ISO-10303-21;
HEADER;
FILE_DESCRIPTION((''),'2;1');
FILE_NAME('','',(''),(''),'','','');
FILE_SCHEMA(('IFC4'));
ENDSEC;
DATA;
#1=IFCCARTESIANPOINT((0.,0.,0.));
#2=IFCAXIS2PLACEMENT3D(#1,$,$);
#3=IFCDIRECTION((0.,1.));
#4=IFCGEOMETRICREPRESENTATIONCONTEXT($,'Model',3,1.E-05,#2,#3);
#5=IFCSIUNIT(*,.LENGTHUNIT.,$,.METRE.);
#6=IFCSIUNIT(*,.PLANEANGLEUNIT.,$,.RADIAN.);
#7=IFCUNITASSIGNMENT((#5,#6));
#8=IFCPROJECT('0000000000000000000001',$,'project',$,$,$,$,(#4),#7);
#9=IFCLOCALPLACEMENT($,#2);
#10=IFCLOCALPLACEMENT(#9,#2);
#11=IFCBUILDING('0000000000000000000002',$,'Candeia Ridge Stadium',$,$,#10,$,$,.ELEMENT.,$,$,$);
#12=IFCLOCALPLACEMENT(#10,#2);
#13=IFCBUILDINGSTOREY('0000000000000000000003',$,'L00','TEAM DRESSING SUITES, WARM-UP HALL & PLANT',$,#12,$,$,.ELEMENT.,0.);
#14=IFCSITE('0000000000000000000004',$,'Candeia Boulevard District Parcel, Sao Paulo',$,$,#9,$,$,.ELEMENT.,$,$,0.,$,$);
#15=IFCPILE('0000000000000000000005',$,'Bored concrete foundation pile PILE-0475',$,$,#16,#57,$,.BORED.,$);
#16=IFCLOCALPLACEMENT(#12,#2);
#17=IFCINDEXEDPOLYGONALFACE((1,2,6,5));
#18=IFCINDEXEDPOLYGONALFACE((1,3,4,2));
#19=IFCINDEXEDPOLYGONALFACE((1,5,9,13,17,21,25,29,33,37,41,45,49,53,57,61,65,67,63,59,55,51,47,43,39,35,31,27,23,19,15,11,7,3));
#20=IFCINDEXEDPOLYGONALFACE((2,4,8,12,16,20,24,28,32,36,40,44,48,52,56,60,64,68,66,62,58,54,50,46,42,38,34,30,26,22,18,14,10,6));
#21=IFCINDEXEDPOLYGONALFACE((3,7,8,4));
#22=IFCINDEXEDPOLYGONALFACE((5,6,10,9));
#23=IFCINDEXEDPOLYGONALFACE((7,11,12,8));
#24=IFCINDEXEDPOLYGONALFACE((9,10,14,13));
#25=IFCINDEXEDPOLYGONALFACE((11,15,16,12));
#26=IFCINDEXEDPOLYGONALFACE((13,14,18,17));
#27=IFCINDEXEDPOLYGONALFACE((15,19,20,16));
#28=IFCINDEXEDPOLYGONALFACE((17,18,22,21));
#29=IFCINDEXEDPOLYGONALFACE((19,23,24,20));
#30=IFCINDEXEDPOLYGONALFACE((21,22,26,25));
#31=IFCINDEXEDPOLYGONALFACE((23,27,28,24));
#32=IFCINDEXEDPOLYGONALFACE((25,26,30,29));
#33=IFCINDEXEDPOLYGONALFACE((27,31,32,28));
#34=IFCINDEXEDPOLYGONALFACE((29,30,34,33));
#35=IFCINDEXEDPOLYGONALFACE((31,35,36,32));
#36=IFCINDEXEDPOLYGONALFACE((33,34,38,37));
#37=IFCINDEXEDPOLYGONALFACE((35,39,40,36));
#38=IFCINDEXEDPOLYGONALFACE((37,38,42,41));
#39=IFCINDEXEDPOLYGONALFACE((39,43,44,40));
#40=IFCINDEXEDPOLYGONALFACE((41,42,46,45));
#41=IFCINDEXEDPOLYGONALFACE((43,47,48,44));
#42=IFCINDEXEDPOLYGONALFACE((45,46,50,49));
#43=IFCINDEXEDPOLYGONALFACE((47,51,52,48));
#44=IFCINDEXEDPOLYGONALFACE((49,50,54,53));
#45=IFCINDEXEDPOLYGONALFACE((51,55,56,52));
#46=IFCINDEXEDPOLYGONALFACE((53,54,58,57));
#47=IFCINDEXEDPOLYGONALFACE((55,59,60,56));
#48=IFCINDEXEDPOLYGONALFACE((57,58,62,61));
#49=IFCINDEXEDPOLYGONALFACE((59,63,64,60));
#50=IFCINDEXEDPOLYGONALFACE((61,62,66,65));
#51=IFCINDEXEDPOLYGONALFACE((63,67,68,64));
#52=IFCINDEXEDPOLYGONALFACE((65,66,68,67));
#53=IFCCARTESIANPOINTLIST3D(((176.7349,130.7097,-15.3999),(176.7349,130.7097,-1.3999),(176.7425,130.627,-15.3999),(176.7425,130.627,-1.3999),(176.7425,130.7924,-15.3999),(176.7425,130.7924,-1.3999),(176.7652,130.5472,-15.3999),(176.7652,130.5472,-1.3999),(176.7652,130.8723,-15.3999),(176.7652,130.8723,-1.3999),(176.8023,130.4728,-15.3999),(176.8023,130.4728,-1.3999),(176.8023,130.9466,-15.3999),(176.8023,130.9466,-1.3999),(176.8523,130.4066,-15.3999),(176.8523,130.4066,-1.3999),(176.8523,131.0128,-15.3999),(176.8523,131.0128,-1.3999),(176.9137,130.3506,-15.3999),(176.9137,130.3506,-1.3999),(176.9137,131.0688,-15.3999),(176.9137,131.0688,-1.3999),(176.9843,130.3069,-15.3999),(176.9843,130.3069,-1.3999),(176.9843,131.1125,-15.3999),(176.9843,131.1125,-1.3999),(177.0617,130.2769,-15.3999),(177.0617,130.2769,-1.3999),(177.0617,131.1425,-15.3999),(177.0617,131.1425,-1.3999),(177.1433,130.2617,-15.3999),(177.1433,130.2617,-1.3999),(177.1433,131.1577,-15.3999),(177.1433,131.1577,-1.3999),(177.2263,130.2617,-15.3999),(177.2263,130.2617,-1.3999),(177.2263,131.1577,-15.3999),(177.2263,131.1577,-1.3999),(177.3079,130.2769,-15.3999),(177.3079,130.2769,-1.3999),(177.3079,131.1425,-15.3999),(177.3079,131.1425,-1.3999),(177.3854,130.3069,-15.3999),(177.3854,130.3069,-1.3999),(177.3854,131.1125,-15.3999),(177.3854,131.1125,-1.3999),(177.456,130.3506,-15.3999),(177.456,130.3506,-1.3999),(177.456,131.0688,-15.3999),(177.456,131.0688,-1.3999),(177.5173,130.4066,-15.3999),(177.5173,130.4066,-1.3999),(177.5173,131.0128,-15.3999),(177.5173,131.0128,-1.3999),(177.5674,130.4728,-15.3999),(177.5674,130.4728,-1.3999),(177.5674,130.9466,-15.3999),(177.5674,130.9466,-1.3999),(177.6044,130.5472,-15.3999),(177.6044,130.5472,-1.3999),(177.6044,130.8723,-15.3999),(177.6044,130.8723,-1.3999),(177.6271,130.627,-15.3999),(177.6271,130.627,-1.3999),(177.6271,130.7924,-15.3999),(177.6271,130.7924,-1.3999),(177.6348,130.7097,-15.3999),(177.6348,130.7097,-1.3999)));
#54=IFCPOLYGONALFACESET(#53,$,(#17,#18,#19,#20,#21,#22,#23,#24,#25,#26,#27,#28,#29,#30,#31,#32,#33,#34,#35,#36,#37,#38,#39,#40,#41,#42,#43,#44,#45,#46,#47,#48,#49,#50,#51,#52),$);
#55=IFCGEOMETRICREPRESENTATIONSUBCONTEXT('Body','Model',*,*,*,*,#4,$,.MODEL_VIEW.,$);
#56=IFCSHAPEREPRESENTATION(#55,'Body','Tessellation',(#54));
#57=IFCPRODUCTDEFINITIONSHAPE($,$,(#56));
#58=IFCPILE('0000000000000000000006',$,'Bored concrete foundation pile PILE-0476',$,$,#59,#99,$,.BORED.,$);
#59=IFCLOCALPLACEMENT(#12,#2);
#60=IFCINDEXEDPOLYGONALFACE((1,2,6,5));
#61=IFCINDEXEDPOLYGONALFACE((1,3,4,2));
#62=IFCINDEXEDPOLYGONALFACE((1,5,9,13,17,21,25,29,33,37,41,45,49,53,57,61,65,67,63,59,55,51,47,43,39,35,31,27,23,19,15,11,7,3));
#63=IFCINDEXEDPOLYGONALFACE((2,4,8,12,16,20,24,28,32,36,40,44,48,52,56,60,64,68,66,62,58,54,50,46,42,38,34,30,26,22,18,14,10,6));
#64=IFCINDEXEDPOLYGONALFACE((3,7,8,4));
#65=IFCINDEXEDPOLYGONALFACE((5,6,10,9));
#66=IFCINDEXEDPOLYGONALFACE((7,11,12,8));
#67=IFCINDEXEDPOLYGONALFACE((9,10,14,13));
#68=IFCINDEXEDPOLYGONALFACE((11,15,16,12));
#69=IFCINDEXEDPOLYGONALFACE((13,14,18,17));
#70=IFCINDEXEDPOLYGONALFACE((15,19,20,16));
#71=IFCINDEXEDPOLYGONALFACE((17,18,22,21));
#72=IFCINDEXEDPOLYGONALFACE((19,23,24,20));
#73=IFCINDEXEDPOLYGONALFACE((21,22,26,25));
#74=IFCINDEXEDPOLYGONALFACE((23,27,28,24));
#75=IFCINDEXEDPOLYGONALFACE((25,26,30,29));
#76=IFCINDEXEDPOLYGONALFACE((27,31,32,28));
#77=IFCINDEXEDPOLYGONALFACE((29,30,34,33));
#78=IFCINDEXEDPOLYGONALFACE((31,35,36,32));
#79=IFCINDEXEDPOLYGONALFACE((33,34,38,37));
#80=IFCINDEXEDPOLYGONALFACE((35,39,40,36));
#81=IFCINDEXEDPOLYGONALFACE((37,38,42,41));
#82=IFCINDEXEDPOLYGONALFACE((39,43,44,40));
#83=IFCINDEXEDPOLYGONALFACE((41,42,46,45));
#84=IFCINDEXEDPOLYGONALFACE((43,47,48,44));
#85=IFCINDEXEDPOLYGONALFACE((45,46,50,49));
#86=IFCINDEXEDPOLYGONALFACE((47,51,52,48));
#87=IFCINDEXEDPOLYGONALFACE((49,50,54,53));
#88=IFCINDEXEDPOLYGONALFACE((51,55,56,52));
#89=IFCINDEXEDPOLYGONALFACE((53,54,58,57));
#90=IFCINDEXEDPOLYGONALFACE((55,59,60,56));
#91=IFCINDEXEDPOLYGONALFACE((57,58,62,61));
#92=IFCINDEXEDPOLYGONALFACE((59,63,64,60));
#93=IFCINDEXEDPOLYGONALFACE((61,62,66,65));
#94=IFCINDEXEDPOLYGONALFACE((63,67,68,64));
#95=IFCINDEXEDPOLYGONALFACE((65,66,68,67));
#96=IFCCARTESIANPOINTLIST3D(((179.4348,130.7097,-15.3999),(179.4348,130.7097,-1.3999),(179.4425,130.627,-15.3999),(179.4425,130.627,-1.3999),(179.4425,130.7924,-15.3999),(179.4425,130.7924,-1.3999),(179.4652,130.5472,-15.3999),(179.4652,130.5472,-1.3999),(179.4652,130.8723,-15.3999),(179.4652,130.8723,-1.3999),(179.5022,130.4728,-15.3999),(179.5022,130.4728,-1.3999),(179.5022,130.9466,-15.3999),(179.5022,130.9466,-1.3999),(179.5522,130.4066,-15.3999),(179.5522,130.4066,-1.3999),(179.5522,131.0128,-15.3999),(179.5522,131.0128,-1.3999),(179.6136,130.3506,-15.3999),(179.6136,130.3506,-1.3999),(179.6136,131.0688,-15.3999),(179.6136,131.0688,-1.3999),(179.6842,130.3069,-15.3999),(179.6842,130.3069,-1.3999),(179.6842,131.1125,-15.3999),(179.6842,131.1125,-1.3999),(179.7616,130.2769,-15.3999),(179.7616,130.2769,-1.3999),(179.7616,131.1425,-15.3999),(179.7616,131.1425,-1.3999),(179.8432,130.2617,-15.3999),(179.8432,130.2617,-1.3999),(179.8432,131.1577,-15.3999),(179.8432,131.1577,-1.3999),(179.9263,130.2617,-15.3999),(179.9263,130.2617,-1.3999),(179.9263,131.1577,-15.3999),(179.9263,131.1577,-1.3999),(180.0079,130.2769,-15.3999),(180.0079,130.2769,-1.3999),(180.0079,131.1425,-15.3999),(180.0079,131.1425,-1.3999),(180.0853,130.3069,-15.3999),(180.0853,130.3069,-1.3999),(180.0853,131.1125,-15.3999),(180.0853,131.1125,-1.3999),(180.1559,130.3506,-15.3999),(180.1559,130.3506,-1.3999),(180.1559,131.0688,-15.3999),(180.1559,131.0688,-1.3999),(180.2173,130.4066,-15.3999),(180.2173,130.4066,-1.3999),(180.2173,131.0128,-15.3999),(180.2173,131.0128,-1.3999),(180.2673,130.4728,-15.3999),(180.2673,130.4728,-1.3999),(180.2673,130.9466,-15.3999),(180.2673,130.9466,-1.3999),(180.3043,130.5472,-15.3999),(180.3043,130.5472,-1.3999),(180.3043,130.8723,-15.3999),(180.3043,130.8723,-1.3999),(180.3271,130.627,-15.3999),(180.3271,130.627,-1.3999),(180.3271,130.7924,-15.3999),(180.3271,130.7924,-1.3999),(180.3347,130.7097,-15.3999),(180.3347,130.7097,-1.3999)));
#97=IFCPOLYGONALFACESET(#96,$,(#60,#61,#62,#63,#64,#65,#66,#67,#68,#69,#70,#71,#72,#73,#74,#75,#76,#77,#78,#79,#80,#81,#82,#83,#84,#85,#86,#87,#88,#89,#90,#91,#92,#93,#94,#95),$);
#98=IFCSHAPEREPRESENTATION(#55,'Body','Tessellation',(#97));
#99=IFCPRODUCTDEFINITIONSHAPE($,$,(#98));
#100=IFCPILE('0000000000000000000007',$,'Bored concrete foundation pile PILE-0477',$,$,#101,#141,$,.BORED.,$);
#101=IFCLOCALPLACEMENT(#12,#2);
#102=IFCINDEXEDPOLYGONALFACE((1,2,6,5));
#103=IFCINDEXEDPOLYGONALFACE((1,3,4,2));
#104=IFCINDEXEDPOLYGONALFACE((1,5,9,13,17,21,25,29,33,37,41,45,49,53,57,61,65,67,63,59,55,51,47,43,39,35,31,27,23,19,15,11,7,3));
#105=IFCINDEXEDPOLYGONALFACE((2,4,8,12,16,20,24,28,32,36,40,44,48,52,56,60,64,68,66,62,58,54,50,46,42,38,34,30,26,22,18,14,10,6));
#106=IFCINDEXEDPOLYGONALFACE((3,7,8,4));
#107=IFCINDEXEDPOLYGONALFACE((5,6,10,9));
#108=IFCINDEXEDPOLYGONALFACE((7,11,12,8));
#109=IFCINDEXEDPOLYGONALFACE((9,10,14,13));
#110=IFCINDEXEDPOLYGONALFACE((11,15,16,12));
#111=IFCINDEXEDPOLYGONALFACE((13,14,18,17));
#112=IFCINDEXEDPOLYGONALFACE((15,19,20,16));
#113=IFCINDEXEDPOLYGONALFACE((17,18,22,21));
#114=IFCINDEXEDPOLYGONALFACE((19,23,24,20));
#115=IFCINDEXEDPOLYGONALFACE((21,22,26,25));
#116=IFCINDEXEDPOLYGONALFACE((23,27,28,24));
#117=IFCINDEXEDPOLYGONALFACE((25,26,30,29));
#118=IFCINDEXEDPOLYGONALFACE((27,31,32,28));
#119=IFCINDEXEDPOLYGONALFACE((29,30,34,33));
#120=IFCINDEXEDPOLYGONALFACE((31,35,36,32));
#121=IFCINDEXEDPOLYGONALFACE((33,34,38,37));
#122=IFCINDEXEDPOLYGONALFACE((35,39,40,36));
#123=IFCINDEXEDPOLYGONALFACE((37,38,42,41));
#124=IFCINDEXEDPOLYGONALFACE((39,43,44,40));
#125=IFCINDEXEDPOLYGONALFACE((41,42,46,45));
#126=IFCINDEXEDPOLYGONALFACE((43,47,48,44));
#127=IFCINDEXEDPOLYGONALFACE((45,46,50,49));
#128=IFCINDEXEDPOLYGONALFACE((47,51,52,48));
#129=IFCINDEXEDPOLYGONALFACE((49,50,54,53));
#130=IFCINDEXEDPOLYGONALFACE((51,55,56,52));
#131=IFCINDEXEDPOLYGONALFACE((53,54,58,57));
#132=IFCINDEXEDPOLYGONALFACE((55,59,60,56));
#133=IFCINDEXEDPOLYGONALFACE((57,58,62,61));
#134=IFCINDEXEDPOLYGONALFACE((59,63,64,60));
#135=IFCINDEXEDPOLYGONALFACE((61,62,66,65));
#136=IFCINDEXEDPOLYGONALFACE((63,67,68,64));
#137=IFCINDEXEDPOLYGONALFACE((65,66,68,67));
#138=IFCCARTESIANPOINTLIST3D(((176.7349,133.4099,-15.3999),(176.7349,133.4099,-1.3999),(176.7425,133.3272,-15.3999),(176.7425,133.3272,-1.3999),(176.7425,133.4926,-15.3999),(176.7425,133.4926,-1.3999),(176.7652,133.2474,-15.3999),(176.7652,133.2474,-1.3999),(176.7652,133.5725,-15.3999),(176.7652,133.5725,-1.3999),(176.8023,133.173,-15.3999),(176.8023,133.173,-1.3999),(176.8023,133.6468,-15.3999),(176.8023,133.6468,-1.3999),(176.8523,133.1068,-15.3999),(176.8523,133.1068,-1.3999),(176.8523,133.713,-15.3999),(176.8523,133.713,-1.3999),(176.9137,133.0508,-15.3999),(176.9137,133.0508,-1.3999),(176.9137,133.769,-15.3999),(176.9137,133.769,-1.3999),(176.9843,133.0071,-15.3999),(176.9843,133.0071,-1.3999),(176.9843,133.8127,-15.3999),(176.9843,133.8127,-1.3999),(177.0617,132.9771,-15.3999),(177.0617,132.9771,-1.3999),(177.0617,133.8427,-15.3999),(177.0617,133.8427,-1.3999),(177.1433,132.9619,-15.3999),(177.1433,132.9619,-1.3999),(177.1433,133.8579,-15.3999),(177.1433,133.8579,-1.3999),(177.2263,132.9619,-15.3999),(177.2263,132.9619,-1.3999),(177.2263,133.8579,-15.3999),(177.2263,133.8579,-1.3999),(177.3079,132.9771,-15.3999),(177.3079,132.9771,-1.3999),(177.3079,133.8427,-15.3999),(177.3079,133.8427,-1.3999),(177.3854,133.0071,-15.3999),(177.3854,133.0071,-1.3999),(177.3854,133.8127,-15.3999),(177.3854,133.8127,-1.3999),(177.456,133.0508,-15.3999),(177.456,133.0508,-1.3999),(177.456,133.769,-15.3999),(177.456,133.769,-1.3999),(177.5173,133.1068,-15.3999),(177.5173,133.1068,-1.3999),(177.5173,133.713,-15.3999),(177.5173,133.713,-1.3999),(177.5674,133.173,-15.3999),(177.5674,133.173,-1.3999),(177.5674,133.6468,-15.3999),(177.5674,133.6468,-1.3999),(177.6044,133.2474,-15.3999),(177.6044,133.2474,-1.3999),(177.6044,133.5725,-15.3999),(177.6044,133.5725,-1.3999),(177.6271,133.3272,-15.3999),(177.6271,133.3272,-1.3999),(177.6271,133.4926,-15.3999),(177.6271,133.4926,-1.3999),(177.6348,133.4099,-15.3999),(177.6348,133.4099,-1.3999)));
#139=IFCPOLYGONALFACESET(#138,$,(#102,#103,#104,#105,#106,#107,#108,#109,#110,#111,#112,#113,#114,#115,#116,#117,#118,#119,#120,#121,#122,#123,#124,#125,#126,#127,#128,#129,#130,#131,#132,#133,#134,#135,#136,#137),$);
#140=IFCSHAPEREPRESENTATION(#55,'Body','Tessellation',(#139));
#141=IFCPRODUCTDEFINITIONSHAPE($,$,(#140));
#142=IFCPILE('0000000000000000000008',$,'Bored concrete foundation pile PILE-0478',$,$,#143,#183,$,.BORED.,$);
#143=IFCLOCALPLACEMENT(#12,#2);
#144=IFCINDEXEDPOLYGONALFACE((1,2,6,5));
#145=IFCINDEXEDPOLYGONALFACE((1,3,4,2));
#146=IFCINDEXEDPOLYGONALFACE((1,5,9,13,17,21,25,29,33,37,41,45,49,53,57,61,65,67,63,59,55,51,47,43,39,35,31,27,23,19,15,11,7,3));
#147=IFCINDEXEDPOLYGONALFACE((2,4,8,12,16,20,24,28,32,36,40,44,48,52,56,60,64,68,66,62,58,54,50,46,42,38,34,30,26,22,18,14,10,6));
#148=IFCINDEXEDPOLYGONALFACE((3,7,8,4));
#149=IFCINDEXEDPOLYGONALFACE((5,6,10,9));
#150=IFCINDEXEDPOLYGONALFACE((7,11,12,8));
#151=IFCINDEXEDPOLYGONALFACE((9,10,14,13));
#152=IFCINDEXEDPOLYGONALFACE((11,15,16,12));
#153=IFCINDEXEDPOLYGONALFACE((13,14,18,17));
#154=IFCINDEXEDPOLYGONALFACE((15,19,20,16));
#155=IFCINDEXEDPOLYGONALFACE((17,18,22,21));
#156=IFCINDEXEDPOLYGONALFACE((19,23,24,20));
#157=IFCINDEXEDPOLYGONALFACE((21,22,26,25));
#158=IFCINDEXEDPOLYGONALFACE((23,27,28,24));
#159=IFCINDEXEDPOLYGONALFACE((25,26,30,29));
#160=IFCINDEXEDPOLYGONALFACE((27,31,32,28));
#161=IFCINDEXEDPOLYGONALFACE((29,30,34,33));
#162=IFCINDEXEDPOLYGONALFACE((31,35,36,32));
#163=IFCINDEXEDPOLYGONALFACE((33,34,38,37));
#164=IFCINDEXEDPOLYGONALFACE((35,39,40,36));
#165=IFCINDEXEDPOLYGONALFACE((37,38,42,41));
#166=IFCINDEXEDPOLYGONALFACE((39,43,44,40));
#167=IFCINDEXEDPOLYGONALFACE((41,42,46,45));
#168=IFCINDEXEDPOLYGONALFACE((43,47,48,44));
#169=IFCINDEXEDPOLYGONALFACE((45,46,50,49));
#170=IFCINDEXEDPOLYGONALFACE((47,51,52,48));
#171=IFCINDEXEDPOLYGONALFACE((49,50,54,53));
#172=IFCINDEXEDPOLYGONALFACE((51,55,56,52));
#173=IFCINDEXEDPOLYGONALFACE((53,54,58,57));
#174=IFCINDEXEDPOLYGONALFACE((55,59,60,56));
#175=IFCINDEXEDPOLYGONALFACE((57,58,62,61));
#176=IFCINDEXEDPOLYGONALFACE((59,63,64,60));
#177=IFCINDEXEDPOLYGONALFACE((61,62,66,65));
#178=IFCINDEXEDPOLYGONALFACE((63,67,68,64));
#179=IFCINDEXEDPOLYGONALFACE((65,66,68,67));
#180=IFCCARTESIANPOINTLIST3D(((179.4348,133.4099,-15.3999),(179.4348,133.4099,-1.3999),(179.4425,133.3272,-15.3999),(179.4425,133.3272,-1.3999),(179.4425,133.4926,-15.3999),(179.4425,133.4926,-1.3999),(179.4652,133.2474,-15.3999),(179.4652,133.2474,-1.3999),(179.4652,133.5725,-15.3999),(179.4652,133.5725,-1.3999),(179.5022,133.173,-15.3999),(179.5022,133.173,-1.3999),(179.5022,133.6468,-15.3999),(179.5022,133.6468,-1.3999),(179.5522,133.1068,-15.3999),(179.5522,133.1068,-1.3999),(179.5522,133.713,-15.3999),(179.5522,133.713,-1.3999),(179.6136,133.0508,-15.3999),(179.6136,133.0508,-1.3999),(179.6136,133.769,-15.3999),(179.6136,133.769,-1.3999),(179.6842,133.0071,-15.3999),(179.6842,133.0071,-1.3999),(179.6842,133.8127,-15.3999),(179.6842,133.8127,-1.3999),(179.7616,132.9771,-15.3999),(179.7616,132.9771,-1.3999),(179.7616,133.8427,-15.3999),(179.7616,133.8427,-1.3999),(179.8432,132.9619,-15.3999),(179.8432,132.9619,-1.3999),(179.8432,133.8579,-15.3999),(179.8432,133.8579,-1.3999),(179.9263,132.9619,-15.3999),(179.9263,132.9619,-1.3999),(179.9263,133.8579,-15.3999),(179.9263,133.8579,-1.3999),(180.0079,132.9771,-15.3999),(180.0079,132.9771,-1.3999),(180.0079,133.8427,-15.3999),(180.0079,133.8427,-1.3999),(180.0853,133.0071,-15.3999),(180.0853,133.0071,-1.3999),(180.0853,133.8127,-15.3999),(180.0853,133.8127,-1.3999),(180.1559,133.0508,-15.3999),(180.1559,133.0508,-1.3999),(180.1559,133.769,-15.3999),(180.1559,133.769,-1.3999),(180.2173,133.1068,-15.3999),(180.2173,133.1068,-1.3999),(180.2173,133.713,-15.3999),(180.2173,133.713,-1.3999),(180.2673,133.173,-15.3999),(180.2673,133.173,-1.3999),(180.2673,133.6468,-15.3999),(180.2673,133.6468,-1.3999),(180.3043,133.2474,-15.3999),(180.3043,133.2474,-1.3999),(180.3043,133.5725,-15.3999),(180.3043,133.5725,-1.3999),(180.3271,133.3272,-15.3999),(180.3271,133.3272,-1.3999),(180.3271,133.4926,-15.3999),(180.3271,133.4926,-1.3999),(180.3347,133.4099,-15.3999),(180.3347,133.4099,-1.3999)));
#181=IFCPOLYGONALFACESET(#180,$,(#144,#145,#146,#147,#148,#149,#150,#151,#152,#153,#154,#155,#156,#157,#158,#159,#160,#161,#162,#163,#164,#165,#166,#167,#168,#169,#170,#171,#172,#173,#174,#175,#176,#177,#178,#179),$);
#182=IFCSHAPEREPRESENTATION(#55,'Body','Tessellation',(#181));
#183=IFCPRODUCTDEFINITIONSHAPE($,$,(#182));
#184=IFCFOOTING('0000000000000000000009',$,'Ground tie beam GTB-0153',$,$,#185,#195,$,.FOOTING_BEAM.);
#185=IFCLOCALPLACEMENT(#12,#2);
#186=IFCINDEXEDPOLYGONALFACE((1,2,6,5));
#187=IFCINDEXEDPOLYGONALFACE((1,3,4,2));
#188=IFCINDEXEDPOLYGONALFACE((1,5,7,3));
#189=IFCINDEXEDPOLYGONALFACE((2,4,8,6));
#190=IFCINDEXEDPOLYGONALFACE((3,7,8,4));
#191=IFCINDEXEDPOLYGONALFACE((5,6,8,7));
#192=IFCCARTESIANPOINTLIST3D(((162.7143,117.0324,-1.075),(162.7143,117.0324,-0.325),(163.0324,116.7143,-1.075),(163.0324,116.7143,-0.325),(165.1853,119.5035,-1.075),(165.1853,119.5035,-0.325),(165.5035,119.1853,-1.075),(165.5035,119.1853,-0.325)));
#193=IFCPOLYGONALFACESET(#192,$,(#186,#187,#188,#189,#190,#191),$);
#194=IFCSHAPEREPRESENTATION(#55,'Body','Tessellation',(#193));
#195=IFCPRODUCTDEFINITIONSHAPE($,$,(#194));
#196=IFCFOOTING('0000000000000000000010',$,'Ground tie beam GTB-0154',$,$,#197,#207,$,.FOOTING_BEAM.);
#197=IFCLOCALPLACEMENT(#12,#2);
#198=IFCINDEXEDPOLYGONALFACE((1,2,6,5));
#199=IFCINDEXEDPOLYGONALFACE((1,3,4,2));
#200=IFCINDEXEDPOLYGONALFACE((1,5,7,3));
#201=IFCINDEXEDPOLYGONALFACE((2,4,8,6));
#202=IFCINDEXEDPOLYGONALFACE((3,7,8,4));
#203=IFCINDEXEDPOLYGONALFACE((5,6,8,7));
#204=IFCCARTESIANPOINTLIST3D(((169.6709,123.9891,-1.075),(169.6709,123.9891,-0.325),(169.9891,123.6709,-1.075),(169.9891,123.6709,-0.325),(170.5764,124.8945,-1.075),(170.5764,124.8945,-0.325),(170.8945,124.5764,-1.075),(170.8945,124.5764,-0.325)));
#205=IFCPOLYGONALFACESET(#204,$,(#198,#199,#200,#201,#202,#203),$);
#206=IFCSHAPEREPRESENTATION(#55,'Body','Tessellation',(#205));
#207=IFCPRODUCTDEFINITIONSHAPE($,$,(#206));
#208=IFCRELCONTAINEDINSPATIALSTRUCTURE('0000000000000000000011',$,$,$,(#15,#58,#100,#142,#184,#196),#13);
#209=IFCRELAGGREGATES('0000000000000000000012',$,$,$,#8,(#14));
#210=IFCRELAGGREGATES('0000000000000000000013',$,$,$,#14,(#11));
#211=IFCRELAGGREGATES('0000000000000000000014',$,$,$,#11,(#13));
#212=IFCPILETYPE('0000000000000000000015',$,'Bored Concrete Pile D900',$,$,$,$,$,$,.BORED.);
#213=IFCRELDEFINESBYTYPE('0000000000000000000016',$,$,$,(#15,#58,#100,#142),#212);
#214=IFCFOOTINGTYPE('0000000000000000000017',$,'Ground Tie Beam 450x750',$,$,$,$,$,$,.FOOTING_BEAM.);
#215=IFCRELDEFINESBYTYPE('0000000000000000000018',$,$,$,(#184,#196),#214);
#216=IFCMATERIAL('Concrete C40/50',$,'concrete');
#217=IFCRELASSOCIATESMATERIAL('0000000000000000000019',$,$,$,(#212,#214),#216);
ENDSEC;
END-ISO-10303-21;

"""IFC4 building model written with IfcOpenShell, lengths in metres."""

from ifc_helpers import new_model, si_unit, direction, frame, origin, origin_2d, place, context, subcontext, project, spatial, rectangle, circle, extrude, material, material_profile, profile_set, type_object, element, save


model = new_model("IFC4")

# Units and contexts
model_context = context("Model", 3, precision=1e-05, world=origin(), true_north=direction((0.0, 1.0)))
body_context = subcontext(model_context, "Body", "Model", "MODEL_VIEW")
ifc_project = project(units=[si_unit("LENGTHUNIT", "METRE"), si_unit("PLANEANGLEUNIT", "RADIAN")], contexts=[model_context])

# Site, building, storey
site_placement = place(None, origin())
site = spatial("IfcSite", under=ifc_project, at=site_placement, Name="Candeia Boulevard District Parcel, Sao Paulo", CompositionType="ELEMENT", RefElevation=0.0)
building_placement = place(site_placement, origin())
building = spatial("IfcBuilding", under=site, at=building_placement, Name="Candeia Ridge Stadium", CompositionType="ELEMENT")
storey_placement = place(building_placement, origin())
storey = spatial("IfcBuildingStorey", under=building, at=storey_placement, Name="L00", Description="TEAM DRESSING SUITES, WARM-UP HALL & PLANT", CompositionType="ELEMENT", Elevation=0.0)

# Piles
ifc_material_1 = material(Name="Concrete C40/50", Category="concrete")
ifc_material_profile_1 = material_profile(ifc_material_1, circle(Radius=0.45, at=origin_2d()), Name="PILE-D900", Category="concrete")
ifc_profile_set_1 = profile_set([ifc_material_profile_1], Name="Concrete C40/50")
pile_type_1 = type_object("IfcPileType", Name="Bored Concrete Pile D900", PredefinedType="BORED", material=ifc_profile_set_1)
for number, where, z_axis, x_axis, name in (
    (1, (177.1848, 130.7097, -1.3999), (0.0, 0.0, -1.0), (1.0, 0.0, 0.0), "Bored concrete foundation pile PILE-0475"),
    (2, (179.8848, 130.7097, -1.3999), (0.0, 0.0, -1.0), (1.0, 0.0, 0.0), "Bored concrete foundation pile PILE-0476"),
    (3, (177.1848, 133.4099, -1.3999), (0.0, 0.0, -1.0), (1.0, 0.0, 0.0), "Bored concrete foundation pile PILE-0477"),
    (4, (179.8848, 133.4099, -1.3999), (0.0, 0.0, -1.0), (1.0, 0.0, 0.0), "Bored concrete foundation pile PILE-0478"),
):
    element("IfcPile", number, at=place(storey_placement, frame(where, z_axis=z_axis, x_axis=x_axis)), inside=storey, type_object=pile_type_1, Name=name, PredefinedType="BORED", context=body_context, shape_type="SweptSolid", body=[
        extrude(circle(Radius=0.45, at=origin_2d()), origin(), (0.0, 0.0, 1.0), 14.0),
    ])

# Footings
footing_type_1 = type_object("IfcFootingType", Name="Ground Tie Beam 450x750", PredefinedType="FOOTING_BEAM", material=ifc_material_1)
footing_1_placement = place(storey_placement, frame((164.1089, 118.1089, -1.075), z_axis=(0.0, 0.0, 1.0), x_axis=(0.707107, 0.707107, 0.0)))
element("IfcFooting", 5, at=footing_1_placement, inside=storey, type_object=footing_type_1, Name="Ground tie beam GTB-0153", PredefinedType="FOOTING_BEAM", context=body_context, shape_type="SweptSolid", body=[
    extrude(rectangle(XDim=3.4946, YDim=0.45, at=origin_2d()), origin(), (0.0, 0.0, 1.0), 0.75),
])
footing_2_placement = place(storey_placement, frame((170.2827, 124.2827, -1.075), z_axis=(0.0, 0.0, 1.0), x_axis=(0.707107, 0.707107, 0.0)))
element("IfcFooting", 6, at=footing_2_placement, inside=storey, type_object=footing_type_1, Name="Ground tie beam GTB-0154", PredefinedType="FOOTING_BEAM", context=body_context, shape_type="SweptSolid", body=[
    extrude(rectangle(XDim=1.2805, YDim=0.45, at=origin_2d()), origin(), (0.0, 0.0, 1.0), 0.75),
])

save(model, "model.ifc")
